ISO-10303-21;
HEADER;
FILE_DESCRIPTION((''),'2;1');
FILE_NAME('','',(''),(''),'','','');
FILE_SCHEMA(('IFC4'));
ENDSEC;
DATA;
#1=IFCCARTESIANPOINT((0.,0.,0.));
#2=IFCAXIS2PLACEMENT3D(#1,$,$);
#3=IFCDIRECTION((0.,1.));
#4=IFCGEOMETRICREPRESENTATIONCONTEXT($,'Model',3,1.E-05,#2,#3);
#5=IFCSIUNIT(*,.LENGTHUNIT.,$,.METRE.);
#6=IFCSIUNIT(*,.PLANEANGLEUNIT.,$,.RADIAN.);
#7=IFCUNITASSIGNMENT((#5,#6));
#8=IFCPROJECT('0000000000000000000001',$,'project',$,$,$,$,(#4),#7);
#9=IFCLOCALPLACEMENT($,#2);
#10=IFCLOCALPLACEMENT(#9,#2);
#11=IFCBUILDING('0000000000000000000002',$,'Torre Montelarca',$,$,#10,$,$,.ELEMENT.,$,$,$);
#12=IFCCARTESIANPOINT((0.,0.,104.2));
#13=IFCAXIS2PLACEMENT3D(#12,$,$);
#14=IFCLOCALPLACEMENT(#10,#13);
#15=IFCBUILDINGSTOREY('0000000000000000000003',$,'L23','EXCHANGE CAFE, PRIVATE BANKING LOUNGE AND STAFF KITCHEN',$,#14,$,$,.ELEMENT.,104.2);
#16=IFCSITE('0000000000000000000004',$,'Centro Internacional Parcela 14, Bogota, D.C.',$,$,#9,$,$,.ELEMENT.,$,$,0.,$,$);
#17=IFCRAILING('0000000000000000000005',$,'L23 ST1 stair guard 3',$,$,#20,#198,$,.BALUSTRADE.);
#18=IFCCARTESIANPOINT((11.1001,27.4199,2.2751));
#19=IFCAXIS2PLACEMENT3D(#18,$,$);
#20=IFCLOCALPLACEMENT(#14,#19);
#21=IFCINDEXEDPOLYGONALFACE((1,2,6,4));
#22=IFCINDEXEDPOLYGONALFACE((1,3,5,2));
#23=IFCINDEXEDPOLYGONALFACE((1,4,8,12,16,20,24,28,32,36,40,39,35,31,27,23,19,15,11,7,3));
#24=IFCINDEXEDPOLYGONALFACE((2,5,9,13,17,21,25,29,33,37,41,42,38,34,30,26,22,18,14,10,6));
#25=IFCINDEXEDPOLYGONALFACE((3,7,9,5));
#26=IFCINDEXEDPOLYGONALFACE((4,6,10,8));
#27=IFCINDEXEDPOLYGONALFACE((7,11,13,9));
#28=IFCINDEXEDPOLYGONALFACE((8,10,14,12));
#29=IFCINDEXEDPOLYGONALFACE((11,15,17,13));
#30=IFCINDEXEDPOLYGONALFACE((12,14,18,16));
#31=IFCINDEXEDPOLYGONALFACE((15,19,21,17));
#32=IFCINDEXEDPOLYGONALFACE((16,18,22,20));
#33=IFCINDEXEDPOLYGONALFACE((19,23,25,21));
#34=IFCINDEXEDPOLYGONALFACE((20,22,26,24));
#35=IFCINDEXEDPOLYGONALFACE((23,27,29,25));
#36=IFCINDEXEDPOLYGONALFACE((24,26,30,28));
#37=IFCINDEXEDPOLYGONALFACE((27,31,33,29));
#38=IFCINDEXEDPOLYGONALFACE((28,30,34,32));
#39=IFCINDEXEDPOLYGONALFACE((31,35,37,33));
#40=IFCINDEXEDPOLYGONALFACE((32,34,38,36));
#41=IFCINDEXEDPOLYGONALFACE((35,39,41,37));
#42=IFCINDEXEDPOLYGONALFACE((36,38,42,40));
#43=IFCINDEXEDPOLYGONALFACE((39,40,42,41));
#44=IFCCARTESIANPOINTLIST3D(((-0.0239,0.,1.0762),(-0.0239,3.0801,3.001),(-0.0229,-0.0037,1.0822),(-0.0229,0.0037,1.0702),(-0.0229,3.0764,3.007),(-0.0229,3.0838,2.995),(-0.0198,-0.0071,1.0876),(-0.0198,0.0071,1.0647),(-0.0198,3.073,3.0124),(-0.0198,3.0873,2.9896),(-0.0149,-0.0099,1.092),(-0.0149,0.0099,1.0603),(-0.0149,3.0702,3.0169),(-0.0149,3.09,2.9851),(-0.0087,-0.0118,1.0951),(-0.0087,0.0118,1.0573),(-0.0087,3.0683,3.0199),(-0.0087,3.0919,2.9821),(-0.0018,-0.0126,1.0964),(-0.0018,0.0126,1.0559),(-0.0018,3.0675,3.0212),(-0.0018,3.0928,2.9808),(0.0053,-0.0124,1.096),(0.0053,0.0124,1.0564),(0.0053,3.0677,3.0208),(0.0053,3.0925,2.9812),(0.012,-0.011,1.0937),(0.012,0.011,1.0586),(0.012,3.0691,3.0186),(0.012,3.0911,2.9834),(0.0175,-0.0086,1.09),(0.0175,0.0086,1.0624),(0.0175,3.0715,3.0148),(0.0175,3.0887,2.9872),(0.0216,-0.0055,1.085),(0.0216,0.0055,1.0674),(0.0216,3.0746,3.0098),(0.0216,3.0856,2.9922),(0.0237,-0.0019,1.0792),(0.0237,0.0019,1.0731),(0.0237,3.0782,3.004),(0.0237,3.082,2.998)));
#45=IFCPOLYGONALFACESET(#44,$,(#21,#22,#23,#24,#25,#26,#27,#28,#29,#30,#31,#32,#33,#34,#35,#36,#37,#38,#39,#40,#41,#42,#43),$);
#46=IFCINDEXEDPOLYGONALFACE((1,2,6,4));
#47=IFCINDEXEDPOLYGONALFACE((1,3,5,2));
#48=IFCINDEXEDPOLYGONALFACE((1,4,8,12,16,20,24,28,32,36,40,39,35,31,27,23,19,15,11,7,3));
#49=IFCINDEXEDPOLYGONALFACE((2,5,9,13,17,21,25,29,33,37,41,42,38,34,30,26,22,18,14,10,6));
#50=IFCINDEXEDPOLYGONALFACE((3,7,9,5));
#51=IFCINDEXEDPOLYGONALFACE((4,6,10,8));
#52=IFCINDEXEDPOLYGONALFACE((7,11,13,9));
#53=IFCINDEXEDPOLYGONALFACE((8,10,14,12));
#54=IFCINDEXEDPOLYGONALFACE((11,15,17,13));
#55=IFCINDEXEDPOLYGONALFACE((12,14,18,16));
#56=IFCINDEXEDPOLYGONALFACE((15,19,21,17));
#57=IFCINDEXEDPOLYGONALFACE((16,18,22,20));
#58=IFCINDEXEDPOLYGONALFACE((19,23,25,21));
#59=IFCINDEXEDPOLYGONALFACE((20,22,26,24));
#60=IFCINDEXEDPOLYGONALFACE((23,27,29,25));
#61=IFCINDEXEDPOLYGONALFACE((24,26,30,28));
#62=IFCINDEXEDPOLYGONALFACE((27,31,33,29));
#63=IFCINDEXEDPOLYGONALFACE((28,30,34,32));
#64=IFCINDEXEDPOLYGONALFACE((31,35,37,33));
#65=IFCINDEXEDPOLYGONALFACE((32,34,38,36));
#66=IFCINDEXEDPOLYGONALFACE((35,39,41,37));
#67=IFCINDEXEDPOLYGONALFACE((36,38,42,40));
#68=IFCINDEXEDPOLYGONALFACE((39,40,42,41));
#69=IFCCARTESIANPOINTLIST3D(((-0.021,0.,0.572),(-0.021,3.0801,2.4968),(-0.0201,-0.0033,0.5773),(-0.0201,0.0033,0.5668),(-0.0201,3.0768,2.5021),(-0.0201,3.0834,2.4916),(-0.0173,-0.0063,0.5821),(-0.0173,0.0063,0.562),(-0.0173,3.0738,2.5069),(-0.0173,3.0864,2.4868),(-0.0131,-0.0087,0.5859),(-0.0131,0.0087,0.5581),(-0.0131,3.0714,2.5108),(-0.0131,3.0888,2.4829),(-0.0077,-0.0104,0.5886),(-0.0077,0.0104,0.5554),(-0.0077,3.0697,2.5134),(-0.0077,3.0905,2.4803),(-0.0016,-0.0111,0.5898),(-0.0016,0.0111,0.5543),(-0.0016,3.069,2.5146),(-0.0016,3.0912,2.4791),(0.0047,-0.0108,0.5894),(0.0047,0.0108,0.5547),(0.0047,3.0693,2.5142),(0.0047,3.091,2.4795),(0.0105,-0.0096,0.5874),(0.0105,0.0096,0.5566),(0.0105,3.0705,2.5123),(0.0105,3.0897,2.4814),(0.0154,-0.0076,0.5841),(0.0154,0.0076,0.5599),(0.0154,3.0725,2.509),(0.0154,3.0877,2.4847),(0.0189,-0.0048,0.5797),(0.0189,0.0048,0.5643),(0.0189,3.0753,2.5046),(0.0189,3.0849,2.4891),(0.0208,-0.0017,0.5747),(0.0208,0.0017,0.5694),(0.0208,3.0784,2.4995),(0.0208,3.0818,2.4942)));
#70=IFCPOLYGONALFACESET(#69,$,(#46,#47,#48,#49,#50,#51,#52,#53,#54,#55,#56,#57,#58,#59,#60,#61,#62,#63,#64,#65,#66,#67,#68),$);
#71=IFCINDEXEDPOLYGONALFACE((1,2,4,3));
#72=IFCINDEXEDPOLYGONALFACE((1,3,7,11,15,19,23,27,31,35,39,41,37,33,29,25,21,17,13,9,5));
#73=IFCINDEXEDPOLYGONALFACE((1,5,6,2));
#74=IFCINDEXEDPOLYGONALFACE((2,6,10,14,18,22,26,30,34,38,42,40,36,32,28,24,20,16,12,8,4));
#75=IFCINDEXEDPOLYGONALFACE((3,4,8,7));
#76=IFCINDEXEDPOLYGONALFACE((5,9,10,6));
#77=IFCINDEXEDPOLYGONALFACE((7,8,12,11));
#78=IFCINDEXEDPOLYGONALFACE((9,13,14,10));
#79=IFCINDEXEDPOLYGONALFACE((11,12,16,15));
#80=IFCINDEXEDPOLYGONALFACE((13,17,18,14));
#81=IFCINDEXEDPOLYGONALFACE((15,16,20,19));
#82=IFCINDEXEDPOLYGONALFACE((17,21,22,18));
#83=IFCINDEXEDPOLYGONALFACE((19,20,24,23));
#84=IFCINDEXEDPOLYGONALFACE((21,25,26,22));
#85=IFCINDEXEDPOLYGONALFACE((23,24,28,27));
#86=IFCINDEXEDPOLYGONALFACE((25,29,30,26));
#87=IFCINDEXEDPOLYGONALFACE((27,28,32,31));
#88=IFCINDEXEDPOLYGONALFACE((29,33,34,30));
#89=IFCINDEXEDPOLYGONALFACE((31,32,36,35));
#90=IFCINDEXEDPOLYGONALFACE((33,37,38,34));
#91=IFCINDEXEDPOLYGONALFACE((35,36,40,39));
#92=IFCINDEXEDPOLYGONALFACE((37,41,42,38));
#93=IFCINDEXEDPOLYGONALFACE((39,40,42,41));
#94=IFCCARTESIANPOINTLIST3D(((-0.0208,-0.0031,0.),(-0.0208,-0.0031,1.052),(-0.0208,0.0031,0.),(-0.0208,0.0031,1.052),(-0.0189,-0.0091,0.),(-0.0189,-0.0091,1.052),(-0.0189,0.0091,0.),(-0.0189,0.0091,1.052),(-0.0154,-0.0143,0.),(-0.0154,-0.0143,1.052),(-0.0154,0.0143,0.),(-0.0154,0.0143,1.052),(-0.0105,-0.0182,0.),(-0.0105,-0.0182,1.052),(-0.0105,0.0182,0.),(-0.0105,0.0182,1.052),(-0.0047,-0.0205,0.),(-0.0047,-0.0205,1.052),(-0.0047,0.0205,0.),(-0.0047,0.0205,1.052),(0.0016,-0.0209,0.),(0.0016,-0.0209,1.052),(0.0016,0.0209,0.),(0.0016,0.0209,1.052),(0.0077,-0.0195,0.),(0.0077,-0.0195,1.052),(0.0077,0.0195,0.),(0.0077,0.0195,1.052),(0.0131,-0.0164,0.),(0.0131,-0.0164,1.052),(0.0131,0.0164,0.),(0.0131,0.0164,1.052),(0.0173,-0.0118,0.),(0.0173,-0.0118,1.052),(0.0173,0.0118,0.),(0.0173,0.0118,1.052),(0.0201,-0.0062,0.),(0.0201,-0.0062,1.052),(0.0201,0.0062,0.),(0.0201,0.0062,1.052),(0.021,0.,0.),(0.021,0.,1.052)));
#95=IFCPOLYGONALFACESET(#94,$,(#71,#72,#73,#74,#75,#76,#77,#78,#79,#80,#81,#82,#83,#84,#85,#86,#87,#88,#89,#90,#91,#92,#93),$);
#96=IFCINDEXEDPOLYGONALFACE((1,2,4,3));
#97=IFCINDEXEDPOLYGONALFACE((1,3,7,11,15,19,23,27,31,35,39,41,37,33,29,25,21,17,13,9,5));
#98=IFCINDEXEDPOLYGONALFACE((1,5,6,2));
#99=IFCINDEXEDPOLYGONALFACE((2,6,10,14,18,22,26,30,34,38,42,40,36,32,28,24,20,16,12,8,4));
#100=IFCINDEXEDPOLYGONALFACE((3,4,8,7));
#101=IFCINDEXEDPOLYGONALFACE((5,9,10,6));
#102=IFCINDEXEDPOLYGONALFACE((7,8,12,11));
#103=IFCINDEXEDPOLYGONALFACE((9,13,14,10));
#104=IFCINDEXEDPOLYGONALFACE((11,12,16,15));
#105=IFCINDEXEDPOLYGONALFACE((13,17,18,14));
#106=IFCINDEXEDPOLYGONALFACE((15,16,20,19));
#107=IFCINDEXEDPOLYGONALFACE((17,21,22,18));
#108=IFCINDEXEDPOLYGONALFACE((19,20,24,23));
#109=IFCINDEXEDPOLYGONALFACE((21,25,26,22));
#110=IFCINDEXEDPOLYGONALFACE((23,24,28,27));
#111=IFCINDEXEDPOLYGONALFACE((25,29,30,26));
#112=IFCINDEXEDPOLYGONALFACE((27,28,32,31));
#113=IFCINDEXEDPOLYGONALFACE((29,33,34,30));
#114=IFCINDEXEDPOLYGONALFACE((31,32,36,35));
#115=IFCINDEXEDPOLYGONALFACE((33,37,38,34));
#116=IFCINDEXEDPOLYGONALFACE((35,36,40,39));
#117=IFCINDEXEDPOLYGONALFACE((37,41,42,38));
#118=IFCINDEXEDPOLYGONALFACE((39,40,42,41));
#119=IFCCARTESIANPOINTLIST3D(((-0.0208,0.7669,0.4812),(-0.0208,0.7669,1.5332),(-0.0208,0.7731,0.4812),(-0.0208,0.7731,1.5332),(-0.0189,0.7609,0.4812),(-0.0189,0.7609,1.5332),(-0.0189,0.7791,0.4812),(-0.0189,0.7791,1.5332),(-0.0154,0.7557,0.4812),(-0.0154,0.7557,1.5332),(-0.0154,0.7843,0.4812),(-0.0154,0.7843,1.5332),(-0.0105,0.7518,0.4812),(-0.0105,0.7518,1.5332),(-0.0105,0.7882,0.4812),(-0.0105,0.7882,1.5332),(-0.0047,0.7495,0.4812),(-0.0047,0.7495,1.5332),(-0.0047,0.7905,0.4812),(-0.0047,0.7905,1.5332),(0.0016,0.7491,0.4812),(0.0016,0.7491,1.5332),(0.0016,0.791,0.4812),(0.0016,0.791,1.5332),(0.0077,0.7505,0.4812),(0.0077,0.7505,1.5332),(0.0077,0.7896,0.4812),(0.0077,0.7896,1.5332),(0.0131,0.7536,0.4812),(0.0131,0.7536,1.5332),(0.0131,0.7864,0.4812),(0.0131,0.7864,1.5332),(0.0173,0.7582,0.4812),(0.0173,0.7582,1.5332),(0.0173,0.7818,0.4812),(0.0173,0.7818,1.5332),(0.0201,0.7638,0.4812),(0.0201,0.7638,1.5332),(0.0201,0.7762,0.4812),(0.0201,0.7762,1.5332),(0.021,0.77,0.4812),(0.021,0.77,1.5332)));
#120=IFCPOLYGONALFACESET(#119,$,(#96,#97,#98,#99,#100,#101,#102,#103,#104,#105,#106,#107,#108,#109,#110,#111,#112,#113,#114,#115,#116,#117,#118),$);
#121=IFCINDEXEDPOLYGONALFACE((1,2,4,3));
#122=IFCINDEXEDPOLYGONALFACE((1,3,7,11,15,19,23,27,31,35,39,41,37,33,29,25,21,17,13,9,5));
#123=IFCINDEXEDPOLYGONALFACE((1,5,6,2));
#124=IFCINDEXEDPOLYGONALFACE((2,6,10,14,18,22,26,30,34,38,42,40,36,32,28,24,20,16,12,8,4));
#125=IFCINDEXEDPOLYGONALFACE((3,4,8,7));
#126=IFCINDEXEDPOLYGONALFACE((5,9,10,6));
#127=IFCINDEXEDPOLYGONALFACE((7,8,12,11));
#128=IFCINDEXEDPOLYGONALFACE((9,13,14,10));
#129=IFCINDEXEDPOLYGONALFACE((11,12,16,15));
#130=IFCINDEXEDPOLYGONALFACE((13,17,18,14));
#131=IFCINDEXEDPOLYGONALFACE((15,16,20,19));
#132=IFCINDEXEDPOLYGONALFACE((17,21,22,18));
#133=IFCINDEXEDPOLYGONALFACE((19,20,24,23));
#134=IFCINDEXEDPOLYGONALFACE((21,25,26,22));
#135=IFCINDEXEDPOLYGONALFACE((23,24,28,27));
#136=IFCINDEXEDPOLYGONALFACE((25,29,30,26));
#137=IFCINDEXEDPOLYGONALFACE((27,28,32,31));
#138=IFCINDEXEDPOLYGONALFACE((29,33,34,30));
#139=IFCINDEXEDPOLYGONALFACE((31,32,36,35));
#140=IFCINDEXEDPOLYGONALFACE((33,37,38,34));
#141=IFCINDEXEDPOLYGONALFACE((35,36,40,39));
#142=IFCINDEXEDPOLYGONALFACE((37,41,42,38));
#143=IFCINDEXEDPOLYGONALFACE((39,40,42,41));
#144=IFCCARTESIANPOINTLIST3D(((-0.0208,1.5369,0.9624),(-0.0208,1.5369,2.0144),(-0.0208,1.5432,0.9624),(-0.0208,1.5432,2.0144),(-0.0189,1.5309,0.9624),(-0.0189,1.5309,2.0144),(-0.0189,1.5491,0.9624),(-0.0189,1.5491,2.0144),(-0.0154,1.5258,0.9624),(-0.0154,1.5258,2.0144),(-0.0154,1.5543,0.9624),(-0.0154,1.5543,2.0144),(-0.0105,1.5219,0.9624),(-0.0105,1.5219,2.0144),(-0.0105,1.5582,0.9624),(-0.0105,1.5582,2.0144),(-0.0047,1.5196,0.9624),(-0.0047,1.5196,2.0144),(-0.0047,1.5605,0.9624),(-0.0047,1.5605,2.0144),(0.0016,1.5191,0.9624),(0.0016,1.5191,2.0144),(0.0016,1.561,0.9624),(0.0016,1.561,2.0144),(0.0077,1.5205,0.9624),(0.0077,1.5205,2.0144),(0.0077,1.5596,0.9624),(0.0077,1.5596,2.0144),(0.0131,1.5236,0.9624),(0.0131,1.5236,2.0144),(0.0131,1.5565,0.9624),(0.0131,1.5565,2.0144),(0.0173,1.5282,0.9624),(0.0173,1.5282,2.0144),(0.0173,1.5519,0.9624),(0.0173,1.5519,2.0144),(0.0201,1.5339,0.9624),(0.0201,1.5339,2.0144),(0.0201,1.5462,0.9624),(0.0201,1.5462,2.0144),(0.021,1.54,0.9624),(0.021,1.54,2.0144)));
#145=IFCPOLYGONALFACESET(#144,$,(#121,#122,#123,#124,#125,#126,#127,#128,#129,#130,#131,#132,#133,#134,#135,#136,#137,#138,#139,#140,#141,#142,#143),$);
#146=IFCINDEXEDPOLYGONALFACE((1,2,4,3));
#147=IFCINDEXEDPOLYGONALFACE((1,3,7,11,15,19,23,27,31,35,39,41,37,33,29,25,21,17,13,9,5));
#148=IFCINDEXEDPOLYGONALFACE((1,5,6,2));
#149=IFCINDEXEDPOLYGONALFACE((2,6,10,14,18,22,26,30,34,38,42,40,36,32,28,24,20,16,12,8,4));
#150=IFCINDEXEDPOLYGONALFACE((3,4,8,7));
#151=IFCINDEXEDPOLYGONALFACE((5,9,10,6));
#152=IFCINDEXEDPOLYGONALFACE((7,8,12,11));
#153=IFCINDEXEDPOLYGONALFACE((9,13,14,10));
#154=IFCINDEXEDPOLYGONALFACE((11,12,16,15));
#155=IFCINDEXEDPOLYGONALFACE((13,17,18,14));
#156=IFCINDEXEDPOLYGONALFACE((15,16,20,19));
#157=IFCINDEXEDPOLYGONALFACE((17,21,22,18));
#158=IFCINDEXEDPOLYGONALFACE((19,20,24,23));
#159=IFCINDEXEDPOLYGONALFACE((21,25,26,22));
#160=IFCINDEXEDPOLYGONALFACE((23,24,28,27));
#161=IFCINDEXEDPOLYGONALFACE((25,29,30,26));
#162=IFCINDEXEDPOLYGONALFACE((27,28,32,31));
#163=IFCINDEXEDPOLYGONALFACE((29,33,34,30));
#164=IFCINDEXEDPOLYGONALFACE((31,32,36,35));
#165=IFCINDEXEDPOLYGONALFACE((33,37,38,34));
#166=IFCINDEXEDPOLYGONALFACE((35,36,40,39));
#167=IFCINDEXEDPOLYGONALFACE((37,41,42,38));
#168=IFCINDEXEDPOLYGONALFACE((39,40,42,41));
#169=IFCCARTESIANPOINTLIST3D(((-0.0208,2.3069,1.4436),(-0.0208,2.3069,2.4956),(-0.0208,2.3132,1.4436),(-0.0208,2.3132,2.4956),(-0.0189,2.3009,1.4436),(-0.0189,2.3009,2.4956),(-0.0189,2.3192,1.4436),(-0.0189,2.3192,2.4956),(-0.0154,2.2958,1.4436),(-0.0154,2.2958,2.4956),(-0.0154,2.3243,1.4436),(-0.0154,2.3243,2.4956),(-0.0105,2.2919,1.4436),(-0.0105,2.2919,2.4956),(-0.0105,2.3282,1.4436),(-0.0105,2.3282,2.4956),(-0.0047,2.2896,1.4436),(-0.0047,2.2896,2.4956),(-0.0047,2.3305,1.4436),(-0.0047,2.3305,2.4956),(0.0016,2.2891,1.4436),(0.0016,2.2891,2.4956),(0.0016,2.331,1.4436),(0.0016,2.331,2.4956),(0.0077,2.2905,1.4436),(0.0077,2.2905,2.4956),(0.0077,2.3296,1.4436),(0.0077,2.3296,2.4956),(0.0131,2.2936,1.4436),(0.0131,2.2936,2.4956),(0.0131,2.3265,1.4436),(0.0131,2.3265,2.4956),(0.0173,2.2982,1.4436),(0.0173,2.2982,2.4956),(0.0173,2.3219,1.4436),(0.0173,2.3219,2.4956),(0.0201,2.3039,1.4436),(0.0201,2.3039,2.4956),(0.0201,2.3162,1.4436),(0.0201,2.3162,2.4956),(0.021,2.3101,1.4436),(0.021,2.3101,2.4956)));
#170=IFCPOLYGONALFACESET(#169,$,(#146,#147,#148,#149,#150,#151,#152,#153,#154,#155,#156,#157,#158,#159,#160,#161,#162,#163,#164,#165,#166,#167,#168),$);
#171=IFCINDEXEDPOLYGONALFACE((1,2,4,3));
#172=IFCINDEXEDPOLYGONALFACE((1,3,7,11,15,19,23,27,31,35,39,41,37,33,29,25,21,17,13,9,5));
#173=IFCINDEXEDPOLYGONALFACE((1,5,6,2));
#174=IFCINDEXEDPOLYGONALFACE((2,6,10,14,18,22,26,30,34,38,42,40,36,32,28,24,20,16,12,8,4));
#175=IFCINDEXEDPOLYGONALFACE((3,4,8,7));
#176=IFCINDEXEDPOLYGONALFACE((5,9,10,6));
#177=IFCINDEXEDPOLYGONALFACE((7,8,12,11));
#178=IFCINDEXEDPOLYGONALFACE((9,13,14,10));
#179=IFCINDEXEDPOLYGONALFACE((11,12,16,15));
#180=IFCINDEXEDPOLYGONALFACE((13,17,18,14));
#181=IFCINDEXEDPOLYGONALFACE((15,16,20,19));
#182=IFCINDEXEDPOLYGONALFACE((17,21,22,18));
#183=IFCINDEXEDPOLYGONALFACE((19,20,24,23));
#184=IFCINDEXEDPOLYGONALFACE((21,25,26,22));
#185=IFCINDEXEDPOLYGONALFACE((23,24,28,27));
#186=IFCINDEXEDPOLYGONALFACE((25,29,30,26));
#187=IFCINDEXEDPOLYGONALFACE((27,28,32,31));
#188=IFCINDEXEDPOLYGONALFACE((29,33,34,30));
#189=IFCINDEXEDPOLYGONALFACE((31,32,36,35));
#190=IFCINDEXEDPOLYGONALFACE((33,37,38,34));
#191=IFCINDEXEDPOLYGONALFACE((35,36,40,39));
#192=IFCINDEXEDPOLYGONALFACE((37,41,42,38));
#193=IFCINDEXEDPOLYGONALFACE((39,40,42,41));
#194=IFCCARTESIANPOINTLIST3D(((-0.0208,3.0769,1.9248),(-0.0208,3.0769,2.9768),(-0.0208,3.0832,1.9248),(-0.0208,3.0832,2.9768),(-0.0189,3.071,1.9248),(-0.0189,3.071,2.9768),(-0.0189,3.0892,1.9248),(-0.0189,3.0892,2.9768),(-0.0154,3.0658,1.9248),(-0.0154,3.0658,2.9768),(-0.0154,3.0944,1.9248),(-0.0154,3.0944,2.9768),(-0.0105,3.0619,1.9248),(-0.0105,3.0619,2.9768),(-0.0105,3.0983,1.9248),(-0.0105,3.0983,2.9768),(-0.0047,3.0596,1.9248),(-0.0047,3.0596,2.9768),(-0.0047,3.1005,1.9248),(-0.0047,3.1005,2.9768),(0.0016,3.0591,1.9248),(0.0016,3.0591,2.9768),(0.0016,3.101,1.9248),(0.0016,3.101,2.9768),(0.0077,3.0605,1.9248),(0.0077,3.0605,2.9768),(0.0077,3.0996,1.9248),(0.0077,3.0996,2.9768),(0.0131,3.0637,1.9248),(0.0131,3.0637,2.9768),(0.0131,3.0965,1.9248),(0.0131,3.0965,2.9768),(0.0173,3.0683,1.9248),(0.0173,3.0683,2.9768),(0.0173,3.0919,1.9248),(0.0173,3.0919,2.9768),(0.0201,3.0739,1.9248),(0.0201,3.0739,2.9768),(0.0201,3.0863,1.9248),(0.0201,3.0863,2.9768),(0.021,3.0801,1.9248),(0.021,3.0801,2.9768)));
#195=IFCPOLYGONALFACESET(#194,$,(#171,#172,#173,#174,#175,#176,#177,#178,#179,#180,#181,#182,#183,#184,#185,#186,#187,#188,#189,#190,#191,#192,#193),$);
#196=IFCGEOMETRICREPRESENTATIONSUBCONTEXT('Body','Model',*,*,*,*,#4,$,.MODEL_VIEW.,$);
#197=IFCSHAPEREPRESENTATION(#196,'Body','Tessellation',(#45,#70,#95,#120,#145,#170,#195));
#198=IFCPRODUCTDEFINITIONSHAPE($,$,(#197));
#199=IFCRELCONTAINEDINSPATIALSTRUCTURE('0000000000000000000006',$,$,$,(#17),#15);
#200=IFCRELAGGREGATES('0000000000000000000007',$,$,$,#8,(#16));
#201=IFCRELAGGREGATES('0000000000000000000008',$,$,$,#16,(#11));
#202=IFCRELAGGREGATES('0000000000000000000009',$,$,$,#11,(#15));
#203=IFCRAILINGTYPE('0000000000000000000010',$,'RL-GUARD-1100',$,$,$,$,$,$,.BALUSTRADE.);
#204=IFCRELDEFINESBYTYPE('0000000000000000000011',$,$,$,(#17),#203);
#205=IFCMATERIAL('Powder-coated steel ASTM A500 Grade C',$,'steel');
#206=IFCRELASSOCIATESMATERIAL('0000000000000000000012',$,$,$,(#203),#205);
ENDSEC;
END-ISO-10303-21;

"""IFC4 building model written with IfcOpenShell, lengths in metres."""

from ifc_helpers import new_model, si_unit, direction, frame, origin, origin_2d, place, context, subcontext, project, spatial, circle, extrude, material, type_object, element, save


model = new_model("IFC4")

# Units and contexts
model_context = context("Model", 3, precision=1e-05, world=origin(), true_north=direction((0.0, 1.0)))
body_context = subcontext(model_context, "Body", "Model", "MODEL_VIEW")
ifc_project = project(units=[si_unit("LENGTHUNIT", "METRE"), si_unit("PLANEANGLEUNIT", "RADIAN")], contexts=[model_context])

# Site, building, storey
site_placement = place(None, origin())
site = spatial("IfcSite", under=ifc_project, at=site_placement, Name="Centro Internacional Parcela 14, Bogota, D.C.", CompositionType="ELEMENT", RefElevation=0.0)
building_placement = place(site_placement, origin())
building = spatial("IfcBuilding", under=site, at=building_placement, Name="Torre Montelarca", CompositionType="ELEMENT")
storey_placement = place(building_placement, frame((0.0, 0.0, 104.2)))
storey = spatial("IfcBuildingStorey", under=building, at=storey_placement, Name="L23", Description="EXCHANGE CAFE, PRIVATE BANKING LOUNGE AND STAFF KITCHEN", CompositionType="ELEMENT", Elevation=104.2)

# Railing
ifc_material_1 = material(Name="Powder-coated steel ASTM A500 Grade C", Category="steel")
railing_type_1 = type_object("IfcRailingType", Name="RL-GUARD-1100", PredefinedType="BALUSTRADE", material=ifc_material_1)
railing_1_placement = place(storey_placement, frame((11.1001, 27.4199, 2.2751)))
element("IfcRailing", 1, at=railing_1_placement, inside=storey, type_object=railing_type_1, Name="L23 ST1 stair guard 3", PredefinedType="BALUSTRADE", context=body_context, shape_type="SweptSolid", body=[
    extrude(circle(Radius=0.0239, at=origin_2d()), frame((0.0, 0.0, 1.0762), z_axis=(0.0, 0.848029, 0.529951), x_axis=(-1.0, 0.0, 0.0)), (0.0, 0.0, 1.0), 3.6321),
    extrude(circle(Radius=0.021, at=origin_2d()), frame((0.0, 0.0, 0.572), z_axis=(0.0, 0.848029, 0.529951), x_axis=(-1.0, 0.0, 0.0)), (0.0, 0.0, 1.0), 3.6321),
    extrude(circle(Radius=0.021, at=origin_2d()), origin(), (0.0, 0.0, 1.0), 1.052),
    extrude(circle(Radius=0.021, at=origin_2d()), frame((0.0, 0.77, 0.4812)), (0.0, 0.0, 1.0), 1.052),
    extrude(circle(Radius=0.021, at=origin_2d()), frame((0.0, 1.54, 0.9624)), (0.0, 0.0, 1.0), 1.052),
    extrude(circle(Radius=0.021, at=origin_2d()), frame((0.0, 2.3101, 1.4436)), (0.0, 0.0, 1.0), 1.052),
    extrude(circle(Radius=0.021, at=origin_2d()), frame((0.0, 3.0801, 1.9248)), (0.0, 0.0, 1.0), 1.052),
])

save(model, "model.ifc")
